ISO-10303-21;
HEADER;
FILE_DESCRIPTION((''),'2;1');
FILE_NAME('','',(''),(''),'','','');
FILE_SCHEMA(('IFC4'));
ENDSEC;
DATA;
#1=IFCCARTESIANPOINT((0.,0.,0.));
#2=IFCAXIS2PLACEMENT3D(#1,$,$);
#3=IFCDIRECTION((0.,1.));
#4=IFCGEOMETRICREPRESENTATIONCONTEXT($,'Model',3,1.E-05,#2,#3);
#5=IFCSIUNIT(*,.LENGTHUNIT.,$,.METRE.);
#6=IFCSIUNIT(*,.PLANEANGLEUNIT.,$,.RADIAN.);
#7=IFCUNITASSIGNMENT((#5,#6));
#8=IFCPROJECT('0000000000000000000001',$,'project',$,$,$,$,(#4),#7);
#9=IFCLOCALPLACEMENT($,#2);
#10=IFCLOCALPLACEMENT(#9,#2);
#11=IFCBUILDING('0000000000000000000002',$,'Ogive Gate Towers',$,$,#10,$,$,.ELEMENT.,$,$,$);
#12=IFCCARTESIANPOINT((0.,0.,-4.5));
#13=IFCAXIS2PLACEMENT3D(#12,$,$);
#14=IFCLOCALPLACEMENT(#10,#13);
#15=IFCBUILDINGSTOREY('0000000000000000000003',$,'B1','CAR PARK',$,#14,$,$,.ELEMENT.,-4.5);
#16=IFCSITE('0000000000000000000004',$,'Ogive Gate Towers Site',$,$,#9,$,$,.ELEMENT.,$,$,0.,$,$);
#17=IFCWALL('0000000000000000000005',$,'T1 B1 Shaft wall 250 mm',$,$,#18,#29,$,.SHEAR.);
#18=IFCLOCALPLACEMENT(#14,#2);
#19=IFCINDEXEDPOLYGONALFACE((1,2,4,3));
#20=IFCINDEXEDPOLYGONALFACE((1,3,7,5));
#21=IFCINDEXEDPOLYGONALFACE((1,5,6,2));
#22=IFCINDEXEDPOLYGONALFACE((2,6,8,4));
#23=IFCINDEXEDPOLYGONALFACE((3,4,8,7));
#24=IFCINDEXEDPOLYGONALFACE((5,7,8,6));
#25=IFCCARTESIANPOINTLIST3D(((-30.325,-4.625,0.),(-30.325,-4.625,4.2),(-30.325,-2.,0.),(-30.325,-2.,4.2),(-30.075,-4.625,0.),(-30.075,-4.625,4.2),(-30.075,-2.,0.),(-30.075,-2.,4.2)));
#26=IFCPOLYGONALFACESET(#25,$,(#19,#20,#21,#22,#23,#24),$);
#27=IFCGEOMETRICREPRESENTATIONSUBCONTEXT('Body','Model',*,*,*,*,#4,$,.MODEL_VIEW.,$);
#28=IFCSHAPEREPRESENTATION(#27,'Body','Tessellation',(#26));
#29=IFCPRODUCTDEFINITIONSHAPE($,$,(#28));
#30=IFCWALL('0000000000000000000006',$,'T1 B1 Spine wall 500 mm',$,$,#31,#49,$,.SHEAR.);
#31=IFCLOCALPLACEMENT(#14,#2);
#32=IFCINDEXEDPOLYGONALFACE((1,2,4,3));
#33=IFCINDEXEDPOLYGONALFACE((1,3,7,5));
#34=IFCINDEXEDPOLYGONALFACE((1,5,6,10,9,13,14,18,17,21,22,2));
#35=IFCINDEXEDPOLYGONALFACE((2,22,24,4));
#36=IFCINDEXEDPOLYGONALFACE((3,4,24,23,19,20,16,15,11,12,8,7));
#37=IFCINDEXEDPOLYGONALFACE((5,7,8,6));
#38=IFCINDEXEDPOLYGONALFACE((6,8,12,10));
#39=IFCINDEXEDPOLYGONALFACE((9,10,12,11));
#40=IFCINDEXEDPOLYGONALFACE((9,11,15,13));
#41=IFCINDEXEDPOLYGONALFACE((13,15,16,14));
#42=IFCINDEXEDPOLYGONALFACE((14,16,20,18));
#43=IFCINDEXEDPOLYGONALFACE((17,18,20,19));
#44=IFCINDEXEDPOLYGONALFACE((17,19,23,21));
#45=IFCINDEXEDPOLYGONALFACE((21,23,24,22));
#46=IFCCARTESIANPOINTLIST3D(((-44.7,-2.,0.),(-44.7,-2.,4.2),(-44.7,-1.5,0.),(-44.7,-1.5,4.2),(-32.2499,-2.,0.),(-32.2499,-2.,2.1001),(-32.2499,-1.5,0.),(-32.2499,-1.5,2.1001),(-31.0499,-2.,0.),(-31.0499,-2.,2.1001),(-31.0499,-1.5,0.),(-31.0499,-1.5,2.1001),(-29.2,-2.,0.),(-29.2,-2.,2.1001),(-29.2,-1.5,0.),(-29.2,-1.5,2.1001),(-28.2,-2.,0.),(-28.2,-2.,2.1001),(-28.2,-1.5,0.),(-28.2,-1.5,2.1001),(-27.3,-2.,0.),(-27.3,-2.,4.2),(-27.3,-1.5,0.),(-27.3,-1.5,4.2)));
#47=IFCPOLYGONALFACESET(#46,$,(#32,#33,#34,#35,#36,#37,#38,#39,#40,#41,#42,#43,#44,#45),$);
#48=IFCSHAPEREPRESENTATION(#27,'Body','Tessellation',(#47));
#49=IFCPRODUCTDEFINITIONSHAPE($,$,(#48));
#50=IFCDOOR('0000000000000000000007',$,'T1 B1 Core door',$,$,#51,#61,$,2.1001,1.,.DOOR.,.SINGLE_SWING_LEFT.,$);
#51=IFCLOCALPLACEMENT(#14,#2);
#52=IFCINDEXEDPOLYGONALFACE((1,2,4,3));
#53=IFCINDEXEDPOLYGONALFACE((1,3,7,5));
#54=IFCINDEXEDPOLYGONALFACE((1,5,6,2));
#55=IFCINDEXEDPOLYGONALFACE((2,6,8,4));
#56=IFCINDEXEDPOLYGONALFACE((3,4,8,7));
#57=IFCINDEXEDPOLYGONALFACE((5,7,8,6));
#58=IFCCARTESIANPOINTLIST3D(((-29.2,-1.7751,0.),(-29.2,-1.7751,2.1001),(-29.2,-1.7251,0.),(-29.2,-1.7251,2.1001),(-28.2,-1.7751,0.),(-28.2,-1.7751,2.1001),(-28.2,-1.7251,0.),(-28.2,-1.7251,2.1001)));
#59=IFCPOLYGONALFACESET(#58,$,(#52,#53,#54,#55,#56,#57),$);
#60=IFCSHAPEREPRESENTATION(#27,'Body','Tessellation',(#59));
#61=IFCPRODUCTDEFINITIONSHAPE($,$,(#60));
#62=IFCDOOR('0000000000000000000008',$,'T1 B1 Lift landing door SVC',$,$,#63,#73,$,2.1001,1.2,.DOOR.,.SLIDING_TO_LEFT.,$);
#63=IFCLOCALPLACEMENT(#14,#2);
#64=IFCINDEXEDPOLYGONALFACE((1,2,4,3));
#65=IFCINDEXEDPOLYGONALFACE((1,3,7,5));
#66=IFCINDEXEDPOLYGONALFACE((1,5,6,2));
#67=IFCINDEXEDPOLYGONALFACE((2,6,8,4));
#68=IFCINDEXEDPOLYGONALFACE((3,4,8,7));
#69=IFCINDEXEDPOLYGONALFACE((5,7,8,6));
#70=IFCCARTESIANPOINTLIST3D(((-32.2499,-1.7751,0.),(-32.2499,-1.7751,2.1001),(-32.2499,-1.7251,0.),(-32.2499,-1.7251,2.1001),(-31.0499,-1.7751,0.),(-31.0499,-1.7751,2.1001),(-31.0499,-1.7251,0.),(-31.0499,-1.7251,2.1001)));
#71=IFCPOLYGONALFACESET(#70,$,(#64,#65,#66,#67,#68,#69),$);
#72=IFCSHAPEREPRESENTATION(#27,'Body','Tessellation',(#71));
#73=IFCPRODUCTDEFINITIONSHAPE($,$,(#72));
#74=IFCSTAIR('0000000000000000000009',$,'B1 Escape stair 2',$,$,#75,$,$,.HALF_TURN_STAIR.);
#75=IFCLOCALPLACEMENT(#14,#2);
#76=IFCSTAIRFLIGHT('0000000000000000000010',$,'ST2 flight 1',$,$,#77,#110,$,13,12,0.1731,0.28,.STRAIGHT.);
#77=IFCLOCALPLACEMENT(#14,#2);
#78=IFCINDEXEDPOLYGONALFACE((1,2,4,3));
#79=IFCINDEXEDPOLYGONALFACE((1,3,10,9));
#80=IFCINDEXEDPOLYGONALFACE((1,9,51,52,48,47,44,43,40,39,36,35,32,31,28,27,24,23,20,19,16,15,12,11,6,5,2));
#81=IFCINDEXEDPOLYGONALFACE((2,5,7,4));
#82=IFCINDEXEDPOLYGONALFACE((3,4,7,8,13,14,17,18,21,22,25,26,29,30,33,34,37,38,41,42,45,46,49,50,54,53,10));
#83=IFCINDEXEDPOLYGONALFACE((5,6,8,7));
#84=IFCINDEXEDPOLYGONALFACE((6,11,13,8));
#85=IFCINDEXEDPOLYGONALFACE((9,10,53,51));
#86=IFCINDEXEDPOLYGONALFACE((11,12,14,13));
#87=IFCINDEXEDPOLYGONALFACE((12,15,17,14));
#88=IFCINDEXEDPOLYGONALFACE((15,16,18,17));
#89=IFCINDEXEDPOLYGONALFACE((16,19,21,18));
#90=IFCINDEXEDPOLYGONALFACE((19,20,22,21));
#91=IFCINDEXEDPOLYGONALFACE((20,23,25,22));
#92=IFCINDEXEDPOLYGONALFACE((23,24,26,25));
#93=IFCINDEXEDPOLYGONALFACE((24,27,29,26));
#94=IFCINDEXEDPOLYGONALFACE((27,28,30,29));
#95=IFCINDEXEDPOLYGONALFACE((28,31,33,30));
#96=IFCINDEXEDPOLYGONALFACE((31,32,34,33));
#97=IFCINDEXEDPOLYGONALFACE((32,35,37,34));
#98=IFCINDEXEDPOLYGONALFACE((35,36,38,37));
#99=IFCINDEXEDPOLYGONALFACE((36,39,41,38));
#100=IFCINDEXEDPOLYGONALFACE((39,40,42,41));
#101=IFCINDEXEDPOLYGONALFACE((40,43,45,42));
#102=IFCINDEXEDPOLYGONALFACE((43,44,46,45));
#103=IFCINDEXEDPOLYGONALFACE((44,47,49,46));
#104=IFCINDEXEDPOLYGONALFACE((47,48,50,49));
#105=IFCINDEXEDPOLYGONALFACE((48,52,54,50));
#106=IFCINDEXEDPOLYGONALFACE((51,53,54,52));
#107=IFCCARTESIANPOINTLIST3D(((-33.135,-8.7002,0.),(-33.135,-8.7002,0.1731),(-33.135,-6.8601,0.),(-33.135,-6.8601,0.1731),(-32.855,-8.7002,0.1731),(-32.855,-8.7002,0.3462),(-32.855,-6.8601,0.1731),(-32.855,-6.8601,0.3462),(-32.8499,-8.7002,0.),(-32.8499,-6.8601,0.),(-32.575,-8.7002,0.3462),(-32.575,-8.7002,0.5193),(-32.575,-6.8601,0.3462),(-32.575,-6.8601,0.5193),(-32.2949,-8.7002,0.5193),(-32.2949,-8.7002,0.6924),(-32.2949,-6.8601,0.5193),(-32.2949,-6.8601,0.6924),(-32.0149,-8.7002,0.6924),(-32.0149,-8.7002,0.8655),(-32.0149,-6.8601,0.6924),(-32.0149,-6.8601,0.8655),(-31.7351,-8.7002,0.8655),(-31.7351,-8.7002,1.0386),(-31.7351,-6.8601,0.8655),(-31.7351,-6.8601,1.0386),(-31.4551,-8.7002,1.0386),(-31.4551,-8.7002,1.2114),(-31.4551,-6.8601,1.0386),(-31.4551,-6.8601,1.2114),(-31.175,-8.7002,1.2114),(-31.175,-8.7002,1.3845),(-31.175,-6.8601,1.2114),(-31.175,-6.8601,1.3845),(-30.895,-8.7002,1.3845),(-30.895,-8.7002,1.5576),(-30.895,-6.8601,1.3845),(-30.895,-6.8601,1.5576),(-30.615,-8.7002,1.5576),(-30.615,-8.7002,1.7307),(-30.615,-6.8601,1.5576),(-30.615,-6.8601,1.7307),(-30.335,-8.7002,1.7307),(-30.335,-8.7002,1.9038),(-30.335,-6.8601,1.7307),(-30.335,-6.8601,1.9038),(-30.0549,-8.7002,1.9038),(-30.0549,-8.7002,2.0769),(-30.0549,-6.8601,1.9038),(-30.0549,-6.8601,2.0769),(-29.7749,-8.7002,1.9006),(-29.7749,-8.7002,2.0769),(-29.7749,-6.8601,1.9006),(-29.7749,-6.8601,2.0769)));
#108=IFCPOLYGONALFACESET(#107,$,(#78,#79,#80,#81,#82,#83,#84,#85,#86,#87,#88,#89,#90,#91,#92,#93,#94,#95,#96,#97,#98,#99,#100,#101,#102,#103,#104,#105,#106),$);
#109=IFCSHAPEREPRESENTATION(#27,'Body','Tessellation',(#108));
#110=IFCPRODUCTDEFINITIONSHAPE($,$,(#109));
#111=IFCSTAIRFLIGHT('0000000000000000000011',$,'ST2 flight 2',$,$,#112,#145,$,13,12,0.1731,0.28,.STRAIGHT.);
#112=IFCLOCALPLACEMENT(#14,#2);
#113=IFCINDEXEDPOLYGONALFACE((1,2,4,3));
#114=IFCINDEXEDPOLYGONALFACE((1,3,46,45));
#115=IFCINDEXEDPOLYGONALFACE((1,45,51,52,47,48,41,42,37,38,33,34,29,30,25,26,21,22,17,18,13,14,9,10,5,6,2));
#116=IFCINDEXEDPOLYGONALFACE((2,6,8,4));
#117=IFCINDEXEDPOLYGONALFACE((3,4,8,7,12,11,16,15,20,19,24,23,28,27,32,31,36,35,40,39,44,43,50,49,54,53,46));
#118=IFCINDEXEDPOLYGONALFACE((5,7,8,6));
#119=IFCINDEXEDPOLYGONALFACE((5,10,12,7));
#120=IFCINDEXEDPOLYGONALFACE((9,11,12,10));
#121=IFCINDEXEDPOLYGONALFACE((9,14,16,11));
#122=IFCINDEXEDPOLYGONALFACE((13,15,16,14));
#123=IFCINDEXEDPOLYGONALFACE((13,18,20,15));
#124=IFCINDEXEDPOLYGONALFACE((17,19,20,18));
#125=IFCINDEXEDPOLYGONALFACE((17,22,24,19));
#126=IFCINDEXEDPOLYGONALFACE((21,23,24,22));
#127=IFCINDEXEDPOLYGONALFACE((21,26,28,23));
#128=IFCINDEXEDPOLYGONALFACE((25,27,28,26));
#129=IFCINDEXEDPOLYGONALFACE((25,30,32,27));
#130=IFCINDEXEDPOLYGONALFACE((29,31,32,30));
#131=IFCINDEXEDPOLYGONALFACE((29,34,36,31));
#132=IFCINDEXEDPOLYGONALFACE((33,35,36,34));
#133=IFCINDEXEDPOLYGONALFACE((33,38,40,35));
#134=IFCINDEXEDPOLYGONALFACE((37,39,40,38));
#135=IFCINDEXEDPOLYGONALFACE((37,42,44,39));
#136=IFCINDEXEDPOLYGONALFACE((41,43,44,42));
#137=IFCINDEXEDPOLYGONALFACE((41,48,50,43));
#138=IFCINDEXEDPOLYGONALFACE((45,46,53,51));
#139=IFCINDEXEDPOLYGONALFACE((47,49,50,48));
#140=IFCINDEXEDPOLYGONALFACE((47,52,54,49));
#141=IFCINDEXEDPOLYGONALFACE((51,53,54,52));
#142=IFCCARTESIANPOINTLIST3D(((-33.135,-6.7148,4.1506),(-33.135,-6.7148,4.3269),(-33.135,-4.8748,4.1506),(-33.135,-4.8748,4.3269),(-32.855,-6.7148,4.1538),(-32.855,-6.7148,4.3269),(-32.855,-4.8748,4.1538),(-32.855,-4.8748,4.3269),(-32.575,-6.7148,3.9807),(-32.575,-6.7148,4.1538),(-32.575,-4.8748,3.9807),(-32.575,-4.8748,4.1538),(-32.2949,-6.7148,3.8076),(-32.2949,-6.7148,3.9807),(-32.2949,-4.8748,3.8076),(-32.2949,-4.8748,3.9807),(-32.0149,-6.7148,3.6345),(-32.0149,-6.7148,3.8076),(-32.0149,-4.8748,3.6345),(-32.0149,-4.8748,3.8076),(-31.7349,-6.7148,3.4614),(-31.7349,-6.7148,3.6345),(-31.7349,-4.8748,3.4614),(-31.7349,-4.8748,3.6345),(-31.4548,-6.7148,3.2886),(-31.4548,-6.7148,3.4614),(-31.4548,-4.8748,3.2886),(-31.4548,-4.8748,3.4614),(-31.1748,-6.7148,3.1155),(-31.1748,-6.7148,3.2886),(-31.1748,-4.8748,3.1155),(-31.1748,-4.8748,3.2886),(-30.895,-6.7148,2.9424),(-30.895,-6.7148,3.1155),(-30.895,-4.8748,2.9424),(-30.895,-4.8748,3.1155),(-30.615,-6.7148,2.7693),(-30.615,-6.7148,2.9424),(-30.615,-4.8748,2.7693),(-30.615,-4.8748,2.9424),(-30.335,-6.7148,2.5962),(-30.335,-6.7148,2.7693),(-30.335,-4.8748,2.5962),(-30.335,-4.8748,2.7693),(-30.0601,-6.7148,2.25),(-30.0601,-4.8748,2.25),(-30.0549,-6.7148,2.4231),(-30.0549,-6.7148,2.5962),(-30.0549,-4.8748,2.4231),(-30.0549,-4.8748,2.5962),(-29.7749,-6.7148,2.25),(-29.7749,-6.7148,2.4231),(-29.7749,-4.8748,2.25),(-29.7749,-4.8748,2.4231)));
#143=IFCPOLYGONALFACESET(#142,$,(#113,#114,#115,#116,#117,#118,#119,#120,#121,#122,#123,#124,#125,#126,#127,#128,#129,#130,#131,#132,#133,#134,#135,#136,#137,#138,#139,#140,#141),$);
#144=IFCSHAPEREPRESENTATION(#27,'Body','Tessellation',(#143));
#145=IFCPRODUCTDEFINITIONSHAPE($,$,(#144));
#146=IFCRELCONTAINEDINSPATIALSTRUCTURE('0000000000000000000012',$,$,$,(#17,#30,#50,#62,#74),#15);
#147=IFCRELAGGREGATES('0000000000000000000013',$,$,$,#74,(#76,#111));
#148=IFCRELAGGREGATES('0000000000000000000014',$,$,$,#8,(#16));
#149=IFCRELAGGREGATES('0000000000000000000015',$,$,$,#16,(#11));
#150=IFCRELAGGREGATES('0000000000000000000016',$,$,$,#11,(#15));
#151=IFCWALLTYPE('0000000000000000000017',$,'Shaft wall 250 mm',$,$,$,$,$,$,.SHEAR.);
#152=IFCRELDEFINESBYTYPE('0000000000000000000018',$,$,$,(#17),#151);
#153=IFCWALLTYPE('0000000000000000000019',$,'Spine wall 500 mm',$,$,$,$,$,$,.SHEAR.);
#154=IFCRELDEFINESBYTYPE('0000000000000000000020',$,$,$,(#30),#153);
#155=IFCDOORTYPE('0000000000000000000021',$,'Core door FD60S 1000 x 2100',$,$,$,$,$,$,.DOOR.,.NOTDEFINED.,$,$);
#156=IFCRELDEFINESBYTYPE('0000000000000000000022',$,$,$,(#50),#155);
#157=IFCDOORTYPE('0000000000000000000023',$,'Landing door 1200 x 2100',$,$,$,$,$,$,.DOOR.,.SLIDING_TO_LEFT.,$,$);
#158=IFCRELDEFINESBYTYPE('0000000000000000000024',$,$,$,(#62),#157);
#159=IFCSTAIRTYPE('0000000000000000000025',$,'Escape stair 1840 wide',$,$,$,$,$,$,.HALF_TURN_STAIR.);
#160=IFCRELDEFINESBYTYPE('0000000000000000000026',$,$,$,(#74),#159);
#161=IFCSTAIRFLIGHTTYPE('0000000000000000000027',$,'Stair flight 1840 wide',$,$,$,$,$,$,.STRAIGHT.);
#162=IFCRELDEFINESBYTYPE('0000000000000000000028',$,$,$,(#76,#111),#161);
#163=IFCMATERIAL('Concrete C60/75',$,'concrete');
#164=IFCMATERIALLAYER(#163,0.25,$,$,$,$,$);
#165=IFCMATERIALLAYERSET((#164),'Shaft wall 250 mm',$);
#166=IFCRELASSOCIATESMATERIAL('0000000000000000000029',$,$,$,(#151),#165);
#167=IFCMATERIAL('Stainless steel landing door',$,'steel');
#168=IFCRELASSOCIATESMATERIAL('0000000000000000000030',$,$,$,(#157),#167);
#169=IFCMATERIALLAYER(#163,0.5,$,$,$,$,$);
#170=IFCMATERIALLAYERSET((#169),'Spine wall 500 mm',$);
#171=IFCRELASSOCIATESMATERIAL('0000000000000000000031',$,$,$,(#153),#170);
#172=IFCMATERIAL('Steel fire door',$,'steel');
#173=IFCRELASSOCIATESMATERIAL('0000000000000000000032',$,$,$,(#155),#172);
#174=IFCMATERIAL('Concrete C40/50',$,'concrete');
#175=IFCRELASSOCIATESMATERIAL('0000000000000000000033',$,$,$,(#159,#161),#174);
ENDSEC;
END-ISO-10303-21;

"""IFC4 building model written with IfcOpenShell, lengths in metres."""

from ifc_helpers import new_model, si_unit, direction, frame, frame_2d, origin, place, context, subcontext, project, spatial, polyline, rectangle, outline, extrude, material, layer, layer_set, type_object, element, fill, aggregate, save


model = new_model("IFC4")

# Units and contexts
model_context = context("Model", 3, precision=1e-05, world=origin(), true_north=direction((0.0, 1.0)))
body_context = subcontext(model_context, "Body", "Model", "MODEL_VIEW")
ifc_project = project(units=[si_unit("LENGTHUNIT", "METRE"), si_unit("PLANEANGLEUNIT", "RADIAN")], contexts=[model_context])

# Site, building, storey
site_placement = place(None, origin())
site = spatial("IfcSite", under=ifc_project, at=site_placement, Name="Ogive Gate Towers Site", CompositionType="ELEMENT", RefElevation=0.0)
building_placement = place(site_placement, origin())
building = spatial("IfcBuilding", under=site, at=building_placement, Name="Ogive Gate Towers", CompositionType="ELEMENT")
storey_placement = place(building_placement, frame((0.0, 0.0, -4.5)))
storey = spatial("IfcBuildingStorey", under=building, at=storey_placement, Name="B1", Description="CAR PARK", CompositionType="ELEMENT", Elevation=-4.5)

# Shared definitions
ifc_material_1 = material(Name="Concrete C40/50", Category="concrete")

# Shared definitions
ifc_material_2 = material(Name="Concrete C60/75", Category="concrete")
ifc_material_3 = material(Name="Steel fire door", Category="steel")

# Shared definitions
ifc_layer_1 = layer(ifc_material_2, 0.25)
ifc_layer_set_1 = layer_set([ifc_layer_1], Name="Shaft wall 250 mm")
wall_type_1 = type_object("IfcWallType", Name="Shaft wall 250 mm", PredefinedType="SHEAR", material=ifc_layer_set_1)

# Shared definitions
ifc_material_4 = material(Name="Stainless steel landing door", Category="steel")
door_type_1 = type_object("IfcDoorType", Name="Landing door 1200 x 2100", OperationType="SLIDING_TO_LEFT", PredefinedType="DOOR", material=ifc_material_4)

# Wall
for number, where, z_axis, x_axis, name in (
    (1, (-30.2, -4.625, 0.0), (0.0, 0.0, 1.0), (0.0, 1.0, 0.0), "T1 B1 Shaft wall 250 mm"),
):
    element("IfcWall", number, at=place(storey_placement, frame(where, z_axis=z_axis, x_axis=x_axis)), inside=storey, type_object=wall_type_1, Name=name, PredefinedType="SHEAR", context=body_context, shape_type="SweptSolid", body=[
        extrude(rectangle(XDim=2.625, YDim=0.25, at=frame_2d((1.3125, 0.0))), origin(), (0.0, 0.0, 1.0), 4.2),
    ])

# Wall, openings, doors
ifc_layer_2 = layer(ifc_material_2, 0.5)
ifc_layer_set_2 = layer_set([ifc_layer_2], Name="Spine wall 500 mm")
wall_type_2 = type_object("IfcWallType", Name="Spine wall 500 mm", PredefinedType="SHEAR", material=ifc_layer_set_2)
wall_1_placement = place(storey_placement, frame((-44.7, -1.75, 0.0), z_axis=(0.0, 0.0, 1.0), x_axis=(1.0, 0.0, 0.0)))
wall_1 = element("IfcWall", 2, at=wall_1_placement, inside=storey, type_object=wall_type_2, Name="T1 B1 Spine wall 500 mm", PredefinedType="SHEAR", context=body_context, shape_type="SweptSolid", body=[
    extrude(rectangle(XDim=17.3999, YDim=0.5, at=frame_2d((8.7, 0.0))), origin(), (0.0, 0.0, 1.0), 4.2),
])
opening_1_placement = place(wall_1_placement, frame((12.45, 0.0, 0.0)))
opening_1 = element("IfcOpeningElement", 3, at=opening_1_placement, cuts=wall_1, PredefinedType="OPENING", context=body_context, shape_type="SweptSolid", body=[
    extrude(rectangle(XDim=1.2, YDim=2.1001, at=frame_2d((0.6001, 1.05))), frame((0.0, 0.26, 0.0), z_axis=(0.0, -1.0, 0.0), x_axis=(1.0, 0.0, 0.0)), (0.0, 0.0, 1.0), 0.52),
])
opening_2_placement = place(wall_1_placement, frame((15.5, 0.0, 0.0)))
opening_2 = element("IfcOpeningElement", 4, at=opening_2_placement, cuts=wall_1, PredefinedType="OPENING", context=body_context, shape_type="SweptSolid", body=[
    extrude(rectangle(XDim=1.0, YDim=2.1001, at=frame_2d((0.5, 1.05))), frame((0.0, 0.26, 0.0), z_axis=(0.0, -1.0, 0.0), x_axis=(1.0, 0.0, 0.0)), (0.0, 0.0, 1.0), 0.52),
])
door_type_2 = type_object("IfcDoorType", Name="Core door FD60S 1000 x 2100", OperationType="NOTDEFINED", PredefinedType="DOOR", material=ifc_material_3)
door_1_placement = place(opening_2_placement, origin())
door_1 = element("IfcDoor", 5, at=door_1_placement, inside=storey, type_object=door_type_2, Name="T1 B1 Core door", OperationType="SINGLE_SWING_LEFT", OverallHeight=2.1001, OverallWidth=1.0, PredefinedType="DOOR", context=body_context, shape_type="SweptSolid", body=[
    extrude(rectangle(XDim=1.0, YDim=2.1001, at=frame_2d((0.5, 1.05))), frame((0.0, 0.0249, 0.0), z_axis=(0.0, -1.0, 0.0), x_axis=(1.0, 0.0, 0.0)), (0.0, 0.0, 1.0), 0.05),
])
fill(opening_2, door_1)
door_2_placement = place(opening_1_placement, origin())
door_2 = element("IfcDoor", 6, at=door_2_placement, inside=storey, type_object=door_type_1, Name="T1 B1 Lift landing door SVC", OperationType="SLIDING_TO_LEFT", OverallHeight=2.1001, OverallWidth=1.2, PredefinedType="DOOR", context=body_context, shape_type="SweptSolid", body=[
    extrude(rectangle(XDim=1.2, YDim=2.1001, at=frame_2d((0.6001, 1.05))), frame((0.0, 0.0249, 0.0), z_axis=(0.0, -1.0, 0.0), x_axis=(1.0, 0.0, 0.0)), (0.0, 0.0, 1.0), 0.05),
])
fill(opening_1, door_2)

# Stair, stair flights
stair_type = type_object("IfcStairType", Name="Escape stair 1840 wide", PredefinedType="HALF_TURN_STAIR", material=ifc_material_1)
stair_placement = place(storey_placement, origin())
stair = element("IfcStair", 7, at=stair_placement, inside=storey, type_object=stair_type, Name="B1 Escape stair 2", PredefinedType="HALF_TURN_STAIR")
stair_flight_type = type_object("IfcStairFlightType", Name="Stair flight 1840 wide", PredefinedType="STRAIGHT", material=ifc_material_1)
stair_flight_1_placement = place(storey_placement, frame((-33.135, -7.78, 0.0), z_axis=(0.0, 0.0, 1.0), x_axis=(1.0, 0.0, 0.0)))
stair_flight_1 = element("IfcStairFlight", 8, at=stair_flight_1_placement, type_object=stair_flight_type, Name="ST2 flight 1", NumberOfRisers=13, NumberOfTreads=12, PredefinedType="STRAIGHT", RiserHeight=0.1731, TreadLength=0.28, context=body_context, shape_type="SweptSolid", body=[
    extrude(outline(polyline([(0.0, 0.0), (0.0, 0.1731), (0.28, 0.1731), (0.28, 0.3462), (0.5601, 0.3462), (0.5601, 0.5193), (0.8401, 0.5193), (0.8401, 0.6924), (1.1201, 0.6924), (1.1201, 0.8655), (1.3999, 0.8655), (1.3999, 1.0386), (1.6799, 1.0386), (1.6799, 1.2114), (1.96, 1.2114), (1.96, 1.3845), (2.24, 1.3845), (2.24, 1.5576), (2.52, 1.5576), (2.52, 1.7307), (2.8, 1.7307), (2.8, 1.9038), (3.0801, 1.9038), (3.0801, 2.0769), (3.3601, 2.0769), (3.3601, 2.25), (3.3601, 1.9006), (0.2852, 0.0), (0.0, 0.0)])), frame((0.0, 0.9199, 0.0), z_axis=(0.0, -1.0, 0.0), x_axis=(1.0, 0.0, 0.0)), (0.0, 0.0, 1.0), 1.8401),
])
stair_flight_2_placement = place(storey_placement, frame((-29.7749, -5.7949, 2.25), z_axis=(0.0, 0.0, 1.0), x_axis=(-1.0, 0.0, 0.0)))
stair_flight_2 = element("IfcStairFlight", 9, at=stair_flight_2_placement, type_object=stair_flight_type, Name="ST2 flight 2", NumberOfRisers=13, NumberOfTreads=12, PredefinedType="STRAIGHT", RiserHeight=0.1731, TreadLength=0.28, context=body_context, shape_type="SweptSolid", body=[
    extrude(outline(polyline([(0.0, 0.0), (0.0, 0.1731), (0.28, 0.1731), (0.28, 0.3462), (0.5601, 0.3462), (0.5601, 0.5193), (0.8401, 0.5193), (0.8401, 0.6924), (1.1201, 0.6924), (1.1201, 0.8655), (1.3999, 0.8655), (1.3999, 1.0386), (1.6799, 1.0386), (1.6799, 1.2114), (1.96, 1.2114), (1.96, 1.3845), (2.24, 1.3845), (2.24, 1.5576), (2.52, 1.5576), (2.52, 1.7307), (2.8, 1.7307), (2.8, 1.9038), (3.0801, 1.9038), (3.0801, 2.0769), (3.3601, 2.0769), (3.3601, 2.25), (3.3601, 1.9006), (0.2852, 0.0), (0.0, 0.0)])), frame((0.0, 0.9199, 0.0), z_axis=(0.0, -1.0, 0.0), x_axis=(1.0, 0.0, 0.0)), (0.0, 0.0, 1.0), 1.8401),
])
aggregate(stair, [stair_flight_1, stair_flight_2])

save(model, "model.ifc")
